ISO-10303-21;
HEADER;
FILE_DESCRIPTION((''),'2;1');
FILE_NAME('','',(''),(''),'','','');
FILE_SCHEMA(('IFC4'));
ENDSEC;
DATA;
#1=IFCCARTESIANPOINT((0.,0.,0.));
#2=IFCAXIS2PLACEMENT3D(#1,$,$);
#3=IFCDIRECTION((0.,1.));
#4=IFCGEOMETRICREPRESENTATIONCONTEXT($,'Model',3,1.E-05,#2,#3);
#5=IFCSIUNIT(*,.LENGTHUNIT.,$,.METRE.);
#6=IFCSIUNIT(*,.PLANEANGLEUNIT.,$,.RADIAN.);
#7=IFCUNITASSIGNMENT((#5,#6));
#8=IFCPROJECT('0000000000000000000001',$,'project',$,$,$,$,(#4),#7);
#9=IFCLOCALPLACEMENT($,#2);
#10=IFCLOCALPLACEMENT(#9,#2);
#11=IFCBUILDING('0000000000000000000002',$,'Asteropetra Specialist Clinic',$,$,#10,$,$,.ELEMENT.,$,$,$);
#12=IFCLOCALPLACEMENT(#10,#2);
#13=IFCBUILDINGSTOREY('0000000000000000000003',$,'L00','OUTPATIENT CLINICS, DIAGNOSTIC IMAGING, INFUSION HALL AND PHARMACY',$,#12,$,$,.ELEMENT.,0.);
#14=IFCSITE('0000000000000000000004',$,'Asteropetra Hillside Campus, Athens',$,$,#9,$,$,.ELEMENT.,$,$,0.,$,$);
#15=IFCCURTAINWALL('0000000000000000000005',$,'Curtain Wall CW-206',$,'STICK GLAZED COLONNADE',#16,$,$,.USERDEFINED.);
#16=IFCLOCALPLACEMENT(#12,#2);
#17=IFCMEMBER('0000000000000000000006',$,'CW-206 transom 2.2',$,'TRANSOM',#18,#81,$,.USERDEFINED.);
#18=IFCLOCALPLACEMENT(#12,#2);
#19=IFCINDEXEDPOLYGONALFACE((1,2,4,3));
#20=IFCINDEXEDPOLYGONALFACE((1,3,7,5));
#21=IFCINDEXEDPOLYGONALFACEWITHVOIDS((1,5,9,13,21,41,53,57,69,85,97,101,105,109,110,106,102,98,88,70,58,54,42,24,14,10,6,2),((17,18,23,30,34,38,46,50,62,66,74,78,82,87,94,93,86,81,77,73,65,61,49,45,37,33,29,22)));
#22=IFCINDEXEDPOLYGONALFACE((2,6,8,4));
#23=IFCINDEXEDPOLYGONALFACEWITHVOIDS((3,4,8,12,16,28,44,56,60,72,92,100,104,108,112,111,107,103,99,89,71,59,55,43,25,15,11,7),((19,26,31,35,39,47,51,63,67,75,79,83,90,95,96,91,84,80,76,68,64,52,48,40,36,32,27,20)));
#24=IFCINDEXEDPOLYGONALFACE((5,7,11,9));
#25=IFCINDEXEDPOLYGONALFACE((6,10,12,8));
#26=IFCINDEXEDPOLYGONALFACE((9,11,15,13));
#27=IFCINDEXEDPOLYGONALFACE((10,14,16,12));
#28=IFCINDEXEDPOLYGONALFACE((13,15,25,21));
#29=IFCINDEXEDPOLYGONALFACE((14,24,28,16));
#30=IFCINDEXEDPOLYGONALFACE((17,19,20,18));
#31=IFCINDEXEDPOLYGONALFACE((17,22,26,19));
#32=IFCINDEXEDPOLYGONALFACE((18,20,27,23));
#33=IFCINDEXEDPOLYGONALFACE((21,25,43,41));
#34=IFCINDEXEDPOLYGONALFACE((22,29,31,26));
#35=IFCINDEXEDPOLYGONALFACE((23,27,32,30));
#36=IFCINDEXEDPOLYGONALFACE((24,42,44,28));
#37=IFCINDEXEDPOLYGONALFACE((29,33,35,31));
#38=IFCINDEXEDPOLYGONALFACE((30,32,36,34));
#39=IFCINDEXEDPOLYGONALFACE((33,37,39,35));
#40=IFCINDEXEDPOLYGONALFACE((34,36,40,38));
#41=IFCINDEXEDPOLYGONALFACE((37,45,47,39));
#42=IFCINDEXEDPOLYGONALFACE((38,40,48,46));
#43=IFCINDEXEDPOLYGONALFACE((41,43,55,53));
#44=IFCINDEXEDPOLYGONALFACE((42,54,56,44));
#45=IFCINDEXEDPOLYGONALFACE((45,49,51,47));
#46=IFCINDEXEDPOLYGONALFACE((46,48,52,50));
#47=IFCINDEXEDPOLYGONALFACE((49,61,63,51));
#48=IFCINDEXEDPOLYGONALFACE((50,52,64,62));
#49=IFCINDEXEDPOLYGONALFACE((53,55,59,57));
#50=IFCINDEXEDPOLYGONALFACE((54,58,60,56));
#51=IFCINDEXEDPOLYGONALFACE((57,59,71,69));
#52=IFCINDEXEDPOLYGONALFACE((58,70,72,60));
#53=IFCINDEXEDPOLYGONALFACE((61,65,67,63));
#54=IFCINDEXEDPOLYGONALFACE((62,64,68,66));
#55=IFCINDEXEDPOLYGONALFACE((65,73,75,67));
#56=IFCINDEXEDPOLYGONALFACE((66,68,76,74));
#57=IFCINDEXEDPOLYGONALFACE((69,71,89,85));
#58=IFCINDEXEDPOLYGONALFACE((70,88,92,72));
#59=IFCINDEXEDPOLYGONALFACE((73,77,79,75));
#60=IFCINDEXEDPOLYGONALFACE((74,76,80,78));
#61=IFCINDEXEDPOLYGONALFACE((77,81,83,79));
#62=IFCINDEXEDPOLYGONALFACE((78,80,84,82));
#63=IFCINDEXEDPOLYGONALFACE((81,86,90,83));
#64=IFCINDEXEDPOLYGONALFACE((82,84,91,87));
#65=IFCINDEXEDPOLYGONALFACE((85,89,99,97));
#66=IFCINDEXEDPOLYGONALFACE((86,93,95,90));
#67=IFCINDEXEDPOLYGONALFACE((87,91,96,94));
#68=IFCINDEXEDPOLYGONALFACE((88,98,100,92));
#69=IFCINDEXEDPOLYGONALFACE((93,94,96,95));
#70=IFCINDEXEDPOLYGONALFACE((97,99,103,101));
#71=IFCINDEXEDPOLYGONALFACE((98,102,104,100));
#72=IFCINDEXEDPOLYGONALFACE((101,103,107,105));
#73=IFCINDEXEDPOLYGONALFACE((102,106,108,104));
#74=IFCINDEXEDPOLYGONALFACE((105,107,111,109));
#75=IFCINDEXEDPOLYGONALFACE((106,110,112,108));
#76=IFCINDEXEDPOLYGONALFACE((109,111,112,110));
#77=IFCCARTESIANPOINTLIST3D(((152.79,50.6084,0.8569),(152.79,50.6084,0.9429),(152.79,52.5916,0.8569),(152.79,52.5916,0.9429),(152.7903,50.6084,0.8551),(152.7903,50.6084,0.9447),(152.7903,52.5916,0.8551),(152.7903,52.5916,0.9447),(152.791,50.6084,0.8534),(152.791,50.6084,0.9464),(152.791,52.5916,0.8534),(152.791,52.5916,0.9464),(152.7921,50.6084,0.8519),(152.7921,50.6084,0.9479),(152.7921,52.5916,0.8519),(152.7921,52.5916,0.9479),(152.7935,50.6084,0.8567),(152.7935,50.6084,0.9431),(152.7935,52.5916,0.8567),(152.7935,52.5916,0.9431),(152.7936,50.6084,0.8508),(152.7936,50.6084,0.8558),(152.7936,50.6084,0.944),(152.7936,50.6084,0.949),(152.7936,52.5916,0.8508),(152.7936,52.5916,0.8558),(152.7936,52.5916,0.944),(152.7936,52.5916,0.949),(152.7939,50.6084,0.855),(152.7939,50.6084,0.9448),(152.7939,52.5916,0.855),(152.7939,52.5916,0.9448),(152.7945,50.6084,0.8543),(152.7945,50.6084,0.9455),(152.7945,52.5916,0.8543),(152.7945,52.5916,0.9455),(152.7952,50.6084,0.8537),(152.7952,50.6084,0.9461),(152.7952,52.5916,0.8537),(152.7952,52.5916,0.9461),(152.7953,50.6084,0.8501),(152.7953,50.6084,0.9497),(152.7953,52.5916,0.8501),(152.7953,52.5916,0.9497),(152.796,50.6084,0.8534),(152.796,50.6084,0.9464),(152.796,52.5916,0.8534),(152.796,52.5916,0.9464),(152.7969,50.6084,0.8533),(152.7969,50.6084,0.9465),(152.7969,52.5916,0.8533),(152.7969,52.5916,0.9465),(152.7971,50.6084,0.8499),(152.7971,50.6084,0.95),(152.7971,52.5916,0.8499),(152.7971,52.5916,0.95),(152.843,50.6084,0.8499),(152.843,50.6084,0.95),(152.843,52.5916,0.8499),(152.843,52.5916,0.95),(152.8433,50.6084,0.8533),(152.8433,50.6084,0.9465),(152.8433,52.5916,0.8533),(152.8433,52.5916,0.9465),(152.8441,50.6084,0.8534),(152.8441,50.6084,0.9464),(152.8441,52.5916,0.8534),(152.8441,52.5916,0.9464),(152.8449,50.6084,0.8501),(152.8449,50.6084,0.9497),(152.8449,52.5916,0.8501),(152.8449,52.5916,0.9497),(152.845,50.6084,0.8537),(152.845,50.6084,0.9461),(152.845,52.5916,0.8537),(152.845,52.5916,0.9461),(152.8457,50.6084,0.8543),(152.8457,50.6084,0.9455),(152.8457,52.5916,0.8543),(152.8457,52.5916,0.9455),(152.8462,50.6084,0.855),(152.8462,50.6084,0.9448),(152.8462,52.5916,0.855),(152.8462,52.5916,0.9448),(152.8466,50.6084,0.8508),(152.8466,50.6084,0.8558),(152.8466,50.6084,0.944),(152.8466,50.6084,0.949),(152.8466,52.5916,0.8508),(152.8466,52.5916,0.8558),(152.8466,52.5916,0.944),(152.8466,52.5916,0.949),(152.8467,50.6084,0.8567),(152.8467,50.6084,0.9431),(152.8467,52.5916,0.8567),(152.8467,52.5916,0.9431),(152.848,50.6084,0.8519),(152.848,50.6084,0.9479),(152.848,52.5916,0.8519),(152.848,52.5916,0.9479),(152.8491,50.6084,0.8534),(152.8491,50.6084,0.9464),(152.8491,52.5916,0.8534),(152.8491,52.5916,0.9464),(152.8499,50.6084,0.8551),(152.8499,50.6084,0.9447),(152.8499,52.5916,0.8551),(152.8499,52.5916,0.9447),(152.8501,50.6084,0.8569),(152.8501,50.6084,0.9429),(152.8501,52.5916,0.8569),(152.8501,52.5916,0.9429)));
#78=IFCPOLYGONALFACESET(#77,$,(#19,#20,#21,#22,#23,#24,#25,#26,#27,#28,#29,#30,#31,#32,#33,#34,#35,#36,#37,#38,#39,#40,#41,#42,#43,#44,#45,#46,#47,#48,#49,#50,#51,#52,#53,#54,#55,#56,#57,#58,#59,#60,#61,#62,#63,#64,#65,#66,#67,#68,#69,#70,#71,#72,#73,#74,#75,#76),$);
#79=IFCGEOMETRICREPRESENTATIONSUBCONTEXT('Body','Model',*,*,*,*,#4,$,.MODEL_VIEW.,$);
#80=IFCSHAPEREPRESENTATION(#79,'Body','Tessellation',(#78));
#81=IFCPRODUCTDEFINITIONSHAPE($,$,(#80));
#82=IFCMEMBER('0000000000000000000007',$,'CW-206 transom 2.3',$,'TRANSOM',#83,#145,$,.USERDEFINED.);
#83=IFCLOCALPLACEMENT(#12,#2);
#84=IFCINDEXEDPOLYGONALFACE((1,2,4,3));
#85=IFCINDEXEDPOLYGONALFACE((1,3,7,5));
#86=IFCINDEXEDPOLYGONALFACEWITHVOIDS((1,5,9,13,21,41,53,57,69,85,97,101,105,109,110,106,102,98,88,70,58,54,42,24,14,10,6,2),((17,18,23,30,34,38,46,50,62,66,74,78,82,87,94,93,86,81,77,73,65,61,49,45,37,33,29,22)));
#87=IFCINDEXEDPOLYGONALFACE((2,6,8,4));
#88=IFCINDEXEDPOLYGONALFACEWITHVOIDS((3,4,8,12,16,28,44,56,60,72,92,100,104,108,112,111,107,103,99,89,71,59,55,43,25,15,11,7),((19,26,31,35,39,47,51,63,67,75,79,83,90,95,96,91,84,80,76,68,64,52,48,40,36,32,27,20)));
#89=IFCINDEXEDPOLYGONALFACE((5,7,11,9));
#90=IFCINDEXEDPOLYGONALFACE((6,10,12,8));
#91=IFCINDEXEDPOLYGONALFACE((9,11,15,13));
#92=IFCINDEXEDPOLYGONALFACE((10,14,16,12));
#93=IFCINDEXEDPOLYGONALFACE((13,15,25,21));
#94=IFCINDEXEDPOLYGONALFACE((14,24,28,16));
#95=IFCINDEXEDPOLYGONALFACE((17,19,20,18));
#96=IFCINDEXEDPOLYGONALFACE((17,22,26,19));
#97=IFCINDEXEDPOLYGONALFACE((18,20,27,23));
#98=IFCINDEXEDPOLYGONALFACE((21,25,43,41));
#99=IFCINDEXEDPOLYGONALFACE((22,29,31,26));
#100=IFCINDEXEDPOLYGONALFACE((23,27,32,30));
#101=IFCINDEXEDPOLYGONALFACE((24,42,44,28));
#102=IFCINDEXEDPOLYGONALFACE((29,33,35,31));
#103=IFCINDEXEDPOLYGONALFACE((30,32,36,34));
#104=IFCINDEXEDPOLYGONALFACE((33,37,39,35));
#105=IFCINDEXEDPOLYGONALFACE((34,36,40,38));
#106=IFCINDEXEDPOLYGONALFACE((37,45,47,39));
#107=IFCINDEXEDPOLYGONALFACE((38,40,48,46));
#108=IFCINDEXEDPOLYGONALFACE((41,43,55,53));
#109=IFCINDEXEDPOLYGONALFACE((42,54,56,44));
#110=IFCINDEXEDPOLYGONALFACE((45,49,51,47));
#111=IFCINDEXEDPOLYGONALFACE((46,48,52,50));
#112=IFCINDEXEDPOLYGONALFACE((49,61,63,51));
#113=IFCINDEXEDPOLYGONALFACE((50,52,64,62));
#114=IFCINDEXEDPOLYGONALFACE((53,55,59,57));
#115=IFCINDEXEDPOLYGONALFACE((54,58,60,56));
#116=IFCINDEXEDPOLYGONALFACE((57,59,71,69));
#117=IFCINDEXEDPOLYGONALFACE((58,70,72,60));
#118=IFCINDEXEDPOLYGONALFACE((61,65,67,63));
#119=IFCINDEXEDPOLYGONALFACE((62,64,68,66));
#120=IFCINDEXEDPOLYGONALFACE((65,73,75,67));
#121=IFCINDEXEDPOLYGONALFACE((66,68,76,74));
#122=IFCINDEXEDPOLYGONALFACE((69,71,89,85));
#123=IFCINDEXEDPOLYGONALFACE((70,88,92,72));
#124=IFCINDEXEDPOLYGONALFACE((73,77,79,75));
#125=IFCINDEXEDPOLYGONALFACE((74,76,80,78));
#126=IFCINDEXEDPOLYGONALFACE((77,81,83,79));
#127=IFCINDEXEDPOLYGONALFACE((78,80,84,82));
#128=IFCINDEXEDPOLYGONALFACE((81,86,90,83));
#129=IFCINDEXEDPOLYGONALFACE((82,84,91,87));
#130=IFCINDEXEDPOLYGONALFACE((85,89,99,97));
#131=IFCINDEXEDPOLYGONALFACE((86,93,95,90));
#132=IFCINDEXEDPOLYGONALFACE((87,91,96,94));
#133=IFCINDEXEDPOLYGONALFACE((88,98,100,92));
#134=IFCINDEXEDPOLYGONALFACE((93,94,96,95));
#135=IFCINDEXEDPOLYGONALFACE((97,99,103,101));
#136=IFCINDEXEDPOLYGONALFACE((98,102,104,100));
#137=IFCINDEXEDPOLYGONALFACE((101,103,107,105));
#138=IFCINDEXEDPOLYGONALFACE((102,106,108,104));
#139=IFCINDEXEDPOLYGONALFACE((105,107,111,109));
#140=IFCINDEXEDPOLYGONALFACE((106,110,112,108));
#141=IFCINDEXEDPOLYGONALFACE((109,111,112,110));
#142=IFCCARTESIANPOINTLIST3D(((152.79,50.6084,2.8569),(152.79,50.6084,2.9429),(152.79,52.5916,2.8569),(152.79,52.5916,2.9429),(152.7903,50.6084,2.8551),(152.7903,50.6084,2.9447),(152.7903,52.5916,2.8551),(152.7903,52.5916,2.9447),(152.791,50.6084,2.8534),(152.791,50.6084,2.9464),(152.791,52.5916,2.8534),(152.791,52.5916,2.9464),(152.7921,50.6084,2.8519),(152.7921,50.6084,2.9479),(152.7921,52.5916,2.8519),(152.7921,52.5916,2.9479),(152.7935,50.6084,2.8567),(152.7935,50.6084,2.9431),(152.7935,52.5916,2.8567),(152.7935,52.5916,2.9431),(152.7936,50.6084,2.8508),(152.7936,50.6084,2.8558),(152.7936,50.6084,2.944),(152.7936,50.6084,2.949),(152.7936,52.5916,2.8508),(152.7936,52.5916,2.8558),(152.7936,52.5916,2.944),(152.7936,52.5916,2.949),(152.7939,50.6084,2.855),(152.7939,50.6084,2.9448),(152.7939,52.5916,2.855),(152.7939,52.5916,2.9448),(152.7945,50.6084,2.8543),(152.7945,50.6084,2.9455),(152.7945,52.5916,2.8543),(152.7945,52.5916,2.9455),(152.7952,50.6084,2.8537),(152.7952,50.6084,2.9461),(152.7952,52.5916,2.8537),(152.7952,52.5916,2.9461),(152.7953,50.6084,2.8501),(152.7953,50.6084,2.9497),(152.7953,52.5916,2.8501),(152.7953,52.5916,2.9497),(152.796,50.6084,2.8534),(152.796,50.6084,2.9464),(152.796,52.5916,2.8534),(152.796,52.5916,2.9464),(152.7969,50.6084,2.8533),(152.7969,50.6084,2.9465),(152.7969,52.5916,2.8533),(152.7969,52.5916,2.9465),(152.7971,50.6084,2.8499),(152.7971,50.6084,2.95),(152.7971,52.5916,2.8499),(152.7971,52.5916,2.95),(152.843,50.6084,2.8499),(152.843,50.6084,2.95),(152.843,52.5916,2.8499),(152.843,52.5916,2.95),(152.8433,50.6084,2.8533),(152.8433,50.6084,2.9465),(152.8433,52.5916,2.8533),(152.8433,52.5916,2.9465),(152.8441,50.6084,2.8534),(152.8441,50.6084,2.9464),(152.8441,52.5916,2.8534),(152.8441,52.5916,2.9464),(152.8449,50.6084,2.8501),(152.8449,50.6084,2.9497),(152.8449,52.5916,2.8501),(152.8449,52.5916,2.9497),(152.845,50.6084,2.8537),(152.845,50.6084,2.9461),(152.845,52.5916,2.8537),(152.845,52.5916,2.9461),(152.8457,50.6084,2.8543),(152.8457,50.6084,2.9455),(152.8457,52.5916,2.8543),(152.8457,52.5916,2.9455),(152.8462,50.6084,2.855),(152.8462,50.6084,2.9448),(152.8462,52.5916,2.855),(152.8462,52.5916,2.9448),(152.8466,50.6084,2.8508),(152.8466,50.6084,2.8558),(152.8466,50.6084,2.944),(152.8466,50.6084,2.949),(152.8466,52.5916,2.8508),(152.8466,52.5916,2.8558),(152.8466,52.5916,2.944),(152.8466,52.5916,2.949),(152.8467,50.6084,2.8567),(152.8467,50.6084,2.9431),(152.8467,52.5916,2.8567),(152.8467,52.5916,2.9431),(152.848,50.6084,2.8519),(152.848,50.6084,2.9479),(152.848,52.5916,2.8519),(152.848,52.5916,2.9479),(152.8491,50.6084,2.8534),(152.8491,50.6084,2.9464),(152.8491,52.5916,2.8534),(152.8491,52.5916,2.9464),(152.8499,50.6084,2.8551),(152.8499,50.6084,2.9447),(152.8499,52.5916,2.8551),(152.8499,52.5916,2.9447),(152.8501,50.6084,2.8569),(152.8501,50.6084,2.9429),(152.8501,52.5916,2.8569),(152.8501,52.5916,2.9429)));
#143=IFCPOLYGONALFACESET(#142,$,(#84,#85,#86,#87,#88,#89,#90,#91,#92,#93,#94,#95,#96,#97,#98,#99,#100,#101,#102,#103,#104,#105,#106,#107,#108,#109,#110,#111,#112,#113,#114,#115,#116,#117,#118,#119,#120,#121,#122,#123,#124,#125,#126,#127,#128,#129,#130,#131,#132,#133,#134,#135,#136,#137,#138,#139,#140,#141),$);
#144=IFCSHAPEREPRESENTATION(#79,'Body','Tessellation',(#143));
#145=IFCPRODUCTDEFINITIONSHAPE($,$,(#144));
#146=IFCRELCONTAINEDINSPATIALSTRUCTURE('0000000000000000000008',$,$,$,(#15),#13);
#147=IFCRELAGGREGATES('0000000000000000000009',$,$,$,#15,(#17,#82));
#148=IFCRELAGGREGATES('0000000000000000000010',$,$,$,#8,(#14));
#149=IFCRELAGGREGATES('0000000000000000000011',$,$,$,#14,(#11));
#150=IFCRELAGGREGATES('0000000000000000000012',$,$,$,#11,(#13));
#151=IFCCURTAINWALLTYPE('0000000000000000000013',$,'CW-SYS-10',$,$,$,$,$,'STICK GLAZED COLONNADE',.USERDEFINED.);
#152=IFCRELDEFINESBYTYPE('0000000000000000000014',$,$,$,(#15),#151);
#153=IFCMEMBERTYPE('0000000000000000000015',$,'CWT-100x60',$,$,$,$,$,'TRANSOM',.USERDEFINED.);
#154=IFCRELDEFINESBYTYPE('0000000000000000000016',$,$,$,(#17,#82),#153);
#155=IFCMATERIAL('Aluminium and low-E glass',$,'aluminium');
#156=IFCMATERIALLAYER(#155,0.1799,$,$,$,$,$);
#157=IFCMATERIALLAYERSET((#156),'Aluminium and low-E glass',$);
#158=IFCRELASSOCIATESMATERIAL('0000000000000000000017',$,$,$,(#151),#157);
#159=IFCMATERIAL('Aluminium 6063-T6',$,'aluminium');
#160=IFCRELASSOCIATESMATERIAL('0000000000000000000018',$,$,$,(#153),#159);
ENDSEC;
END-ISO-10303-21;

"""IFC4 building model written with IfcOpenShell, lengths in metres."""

from ifc_helpers import new_model, si_unit, direction, frame, origin, origin_2d, place, context, subcontext, project, spatial, hollow_rectangle, extrude, material, layer, layer_set, material_profile, profile_set, type_object, element, aggregate, save


model = new_model("IFC4")

# Units and contexts
model_context = context("Model", 3, precision=1e-05, world=origin(), true_north=direction((0.0, 1.0)))
body_context = subcontext(model_context, "Body", "Model", "MODEL_VIEW")
ifc_project = project(units=[si_unit("LENGTHUNIT", "METRE"), si_unit("PLANEANGLEUNIT", "RADIAN")], contexts=[model_context])

# Site, building, storey
site_placement = place(None, origin())
site = spatial("IfcSite", under=ifc_project, at=site_placement, Name="Asteropetra Hillside Campus, Athens", CompositionType="ELEMENT", RefElevation=0.0)
building_placement = place(site_placement, origin())
building = spatial("IfcBuilding", under=site, at=building_placement, Name="Asteropetra Specialist Clinic", CompositionType="ELEMENT")
storey_placement = place(building_placement, origin())
storey = spatial("IfcBuildingStorey", under=building, at=storey_placement, Name="L00", Description="OUTPATIENT CLINICS, DIAGNOSTIC IMAGING, INFUSION HALL AND PHARMACY", CompositionType="ELEMENT", Elevation=0.0)

# Curtain wall, members
ifc_material_1 = material(Name="Aluminium and low-E glass", Category="aluminium")
ifc_layer_1 = layer(ifc_material_1, 0.1799)
ifc_layer_set_1 = layer_set([ifc_layer_1], Name="Aluminium and low-E glass")
curtain_wall_type = type_object("IfcCurtainWallType", Name="CW-SYS-10", ElementType="STICK GLAZED COLONNADE", PredefinedType="USERDEFINED", material=ifc_layer_set_1)
curtain_wall_placement = place(storey_placement, origin())
curtain_wall = element("IfcCurtainWall", 1, at=curtain_wall_placement, inside=storey, type_object=curtain_wall_type, Name="Curtain Wall CW-206", ObjectType="STICK GLAZED COLONNADE", PredefinedType="USERDEFINED")
ifc_material_2 = material(Name="Aluminium 6063-T6", Category="aluminium")
ifc_material_profile_1 = material_profile(ifc_material_2, hollow_rectangle(XDim=0.0601, YDim=0.1001, WallThickness=0.0034, InnerFilletRadius=0.0034, OuterFilletRadius=0.0071, at=origin_2d()), Name="TRN 100x60x3.5")
ifc_profile_set_1 = profile_set([ifc_material_profile_1], Name="Aluminium 6063-T6")
member_type_1 = type_object("IfcMemberType", Name="CWT-100x60", ElementType="TRANSOM", PredefinedType="USERDEFINED", material=ifc_profile_set_1)
member_1_placement = place(storey_placement, frame((152.8201, 50.6084, 0.8999), z_axis=(0.0, 1.0, 0.0), x_axis=(-1.0, 0.0, 0.0)))
member_1 = element("IfcMember", 2, at=member_1_placement, type_object=member_type_1, Name="CW-206 transom 2.2", ObjectType="TRANSOM", PredefinedType="USERDEFINED", context=body_context, shape_type="SweptSolid", body=[
    extrude(hollow_rectangle(XDim=0.0601, YDim=0.1001, WallThickness=0.0034, InnerFilletRadius=0.0034, OuterFilletRadius=0.0071, at=origin_2d()), origin(), (0.0, 0.0, 1.0), 1.9832),
])
member_2_placement = place(storey_placement, frame((152.8201, 50.6084, 2.8999), z_axis=(0.0, 1.0, 0.0), x_axis=(-1.0, 0.0, 0.0)))
member_2 = element("IfcMember", 3, at=member_2_placement, type_object=member_type_1, Name="CW-206 transom 2.3", ObjectType="TRANSOM", PredefinedType="USERDEFINED", context=body_context, shape_type="SweptSolid", body=[
    extrude(hollow_rectangle(XDim=0.0601, YDim=0.1001, WallThickness=0.0034, InnerFilletRadius=0.0034, OuterFilletRadius=0.0071, at=origin_2d()), origin(), (0.0, 0.0, 1.0), 1.9832),
])
aggregate(curtain_wall, [member_1, member_2])

save(model, "model.ifc")
